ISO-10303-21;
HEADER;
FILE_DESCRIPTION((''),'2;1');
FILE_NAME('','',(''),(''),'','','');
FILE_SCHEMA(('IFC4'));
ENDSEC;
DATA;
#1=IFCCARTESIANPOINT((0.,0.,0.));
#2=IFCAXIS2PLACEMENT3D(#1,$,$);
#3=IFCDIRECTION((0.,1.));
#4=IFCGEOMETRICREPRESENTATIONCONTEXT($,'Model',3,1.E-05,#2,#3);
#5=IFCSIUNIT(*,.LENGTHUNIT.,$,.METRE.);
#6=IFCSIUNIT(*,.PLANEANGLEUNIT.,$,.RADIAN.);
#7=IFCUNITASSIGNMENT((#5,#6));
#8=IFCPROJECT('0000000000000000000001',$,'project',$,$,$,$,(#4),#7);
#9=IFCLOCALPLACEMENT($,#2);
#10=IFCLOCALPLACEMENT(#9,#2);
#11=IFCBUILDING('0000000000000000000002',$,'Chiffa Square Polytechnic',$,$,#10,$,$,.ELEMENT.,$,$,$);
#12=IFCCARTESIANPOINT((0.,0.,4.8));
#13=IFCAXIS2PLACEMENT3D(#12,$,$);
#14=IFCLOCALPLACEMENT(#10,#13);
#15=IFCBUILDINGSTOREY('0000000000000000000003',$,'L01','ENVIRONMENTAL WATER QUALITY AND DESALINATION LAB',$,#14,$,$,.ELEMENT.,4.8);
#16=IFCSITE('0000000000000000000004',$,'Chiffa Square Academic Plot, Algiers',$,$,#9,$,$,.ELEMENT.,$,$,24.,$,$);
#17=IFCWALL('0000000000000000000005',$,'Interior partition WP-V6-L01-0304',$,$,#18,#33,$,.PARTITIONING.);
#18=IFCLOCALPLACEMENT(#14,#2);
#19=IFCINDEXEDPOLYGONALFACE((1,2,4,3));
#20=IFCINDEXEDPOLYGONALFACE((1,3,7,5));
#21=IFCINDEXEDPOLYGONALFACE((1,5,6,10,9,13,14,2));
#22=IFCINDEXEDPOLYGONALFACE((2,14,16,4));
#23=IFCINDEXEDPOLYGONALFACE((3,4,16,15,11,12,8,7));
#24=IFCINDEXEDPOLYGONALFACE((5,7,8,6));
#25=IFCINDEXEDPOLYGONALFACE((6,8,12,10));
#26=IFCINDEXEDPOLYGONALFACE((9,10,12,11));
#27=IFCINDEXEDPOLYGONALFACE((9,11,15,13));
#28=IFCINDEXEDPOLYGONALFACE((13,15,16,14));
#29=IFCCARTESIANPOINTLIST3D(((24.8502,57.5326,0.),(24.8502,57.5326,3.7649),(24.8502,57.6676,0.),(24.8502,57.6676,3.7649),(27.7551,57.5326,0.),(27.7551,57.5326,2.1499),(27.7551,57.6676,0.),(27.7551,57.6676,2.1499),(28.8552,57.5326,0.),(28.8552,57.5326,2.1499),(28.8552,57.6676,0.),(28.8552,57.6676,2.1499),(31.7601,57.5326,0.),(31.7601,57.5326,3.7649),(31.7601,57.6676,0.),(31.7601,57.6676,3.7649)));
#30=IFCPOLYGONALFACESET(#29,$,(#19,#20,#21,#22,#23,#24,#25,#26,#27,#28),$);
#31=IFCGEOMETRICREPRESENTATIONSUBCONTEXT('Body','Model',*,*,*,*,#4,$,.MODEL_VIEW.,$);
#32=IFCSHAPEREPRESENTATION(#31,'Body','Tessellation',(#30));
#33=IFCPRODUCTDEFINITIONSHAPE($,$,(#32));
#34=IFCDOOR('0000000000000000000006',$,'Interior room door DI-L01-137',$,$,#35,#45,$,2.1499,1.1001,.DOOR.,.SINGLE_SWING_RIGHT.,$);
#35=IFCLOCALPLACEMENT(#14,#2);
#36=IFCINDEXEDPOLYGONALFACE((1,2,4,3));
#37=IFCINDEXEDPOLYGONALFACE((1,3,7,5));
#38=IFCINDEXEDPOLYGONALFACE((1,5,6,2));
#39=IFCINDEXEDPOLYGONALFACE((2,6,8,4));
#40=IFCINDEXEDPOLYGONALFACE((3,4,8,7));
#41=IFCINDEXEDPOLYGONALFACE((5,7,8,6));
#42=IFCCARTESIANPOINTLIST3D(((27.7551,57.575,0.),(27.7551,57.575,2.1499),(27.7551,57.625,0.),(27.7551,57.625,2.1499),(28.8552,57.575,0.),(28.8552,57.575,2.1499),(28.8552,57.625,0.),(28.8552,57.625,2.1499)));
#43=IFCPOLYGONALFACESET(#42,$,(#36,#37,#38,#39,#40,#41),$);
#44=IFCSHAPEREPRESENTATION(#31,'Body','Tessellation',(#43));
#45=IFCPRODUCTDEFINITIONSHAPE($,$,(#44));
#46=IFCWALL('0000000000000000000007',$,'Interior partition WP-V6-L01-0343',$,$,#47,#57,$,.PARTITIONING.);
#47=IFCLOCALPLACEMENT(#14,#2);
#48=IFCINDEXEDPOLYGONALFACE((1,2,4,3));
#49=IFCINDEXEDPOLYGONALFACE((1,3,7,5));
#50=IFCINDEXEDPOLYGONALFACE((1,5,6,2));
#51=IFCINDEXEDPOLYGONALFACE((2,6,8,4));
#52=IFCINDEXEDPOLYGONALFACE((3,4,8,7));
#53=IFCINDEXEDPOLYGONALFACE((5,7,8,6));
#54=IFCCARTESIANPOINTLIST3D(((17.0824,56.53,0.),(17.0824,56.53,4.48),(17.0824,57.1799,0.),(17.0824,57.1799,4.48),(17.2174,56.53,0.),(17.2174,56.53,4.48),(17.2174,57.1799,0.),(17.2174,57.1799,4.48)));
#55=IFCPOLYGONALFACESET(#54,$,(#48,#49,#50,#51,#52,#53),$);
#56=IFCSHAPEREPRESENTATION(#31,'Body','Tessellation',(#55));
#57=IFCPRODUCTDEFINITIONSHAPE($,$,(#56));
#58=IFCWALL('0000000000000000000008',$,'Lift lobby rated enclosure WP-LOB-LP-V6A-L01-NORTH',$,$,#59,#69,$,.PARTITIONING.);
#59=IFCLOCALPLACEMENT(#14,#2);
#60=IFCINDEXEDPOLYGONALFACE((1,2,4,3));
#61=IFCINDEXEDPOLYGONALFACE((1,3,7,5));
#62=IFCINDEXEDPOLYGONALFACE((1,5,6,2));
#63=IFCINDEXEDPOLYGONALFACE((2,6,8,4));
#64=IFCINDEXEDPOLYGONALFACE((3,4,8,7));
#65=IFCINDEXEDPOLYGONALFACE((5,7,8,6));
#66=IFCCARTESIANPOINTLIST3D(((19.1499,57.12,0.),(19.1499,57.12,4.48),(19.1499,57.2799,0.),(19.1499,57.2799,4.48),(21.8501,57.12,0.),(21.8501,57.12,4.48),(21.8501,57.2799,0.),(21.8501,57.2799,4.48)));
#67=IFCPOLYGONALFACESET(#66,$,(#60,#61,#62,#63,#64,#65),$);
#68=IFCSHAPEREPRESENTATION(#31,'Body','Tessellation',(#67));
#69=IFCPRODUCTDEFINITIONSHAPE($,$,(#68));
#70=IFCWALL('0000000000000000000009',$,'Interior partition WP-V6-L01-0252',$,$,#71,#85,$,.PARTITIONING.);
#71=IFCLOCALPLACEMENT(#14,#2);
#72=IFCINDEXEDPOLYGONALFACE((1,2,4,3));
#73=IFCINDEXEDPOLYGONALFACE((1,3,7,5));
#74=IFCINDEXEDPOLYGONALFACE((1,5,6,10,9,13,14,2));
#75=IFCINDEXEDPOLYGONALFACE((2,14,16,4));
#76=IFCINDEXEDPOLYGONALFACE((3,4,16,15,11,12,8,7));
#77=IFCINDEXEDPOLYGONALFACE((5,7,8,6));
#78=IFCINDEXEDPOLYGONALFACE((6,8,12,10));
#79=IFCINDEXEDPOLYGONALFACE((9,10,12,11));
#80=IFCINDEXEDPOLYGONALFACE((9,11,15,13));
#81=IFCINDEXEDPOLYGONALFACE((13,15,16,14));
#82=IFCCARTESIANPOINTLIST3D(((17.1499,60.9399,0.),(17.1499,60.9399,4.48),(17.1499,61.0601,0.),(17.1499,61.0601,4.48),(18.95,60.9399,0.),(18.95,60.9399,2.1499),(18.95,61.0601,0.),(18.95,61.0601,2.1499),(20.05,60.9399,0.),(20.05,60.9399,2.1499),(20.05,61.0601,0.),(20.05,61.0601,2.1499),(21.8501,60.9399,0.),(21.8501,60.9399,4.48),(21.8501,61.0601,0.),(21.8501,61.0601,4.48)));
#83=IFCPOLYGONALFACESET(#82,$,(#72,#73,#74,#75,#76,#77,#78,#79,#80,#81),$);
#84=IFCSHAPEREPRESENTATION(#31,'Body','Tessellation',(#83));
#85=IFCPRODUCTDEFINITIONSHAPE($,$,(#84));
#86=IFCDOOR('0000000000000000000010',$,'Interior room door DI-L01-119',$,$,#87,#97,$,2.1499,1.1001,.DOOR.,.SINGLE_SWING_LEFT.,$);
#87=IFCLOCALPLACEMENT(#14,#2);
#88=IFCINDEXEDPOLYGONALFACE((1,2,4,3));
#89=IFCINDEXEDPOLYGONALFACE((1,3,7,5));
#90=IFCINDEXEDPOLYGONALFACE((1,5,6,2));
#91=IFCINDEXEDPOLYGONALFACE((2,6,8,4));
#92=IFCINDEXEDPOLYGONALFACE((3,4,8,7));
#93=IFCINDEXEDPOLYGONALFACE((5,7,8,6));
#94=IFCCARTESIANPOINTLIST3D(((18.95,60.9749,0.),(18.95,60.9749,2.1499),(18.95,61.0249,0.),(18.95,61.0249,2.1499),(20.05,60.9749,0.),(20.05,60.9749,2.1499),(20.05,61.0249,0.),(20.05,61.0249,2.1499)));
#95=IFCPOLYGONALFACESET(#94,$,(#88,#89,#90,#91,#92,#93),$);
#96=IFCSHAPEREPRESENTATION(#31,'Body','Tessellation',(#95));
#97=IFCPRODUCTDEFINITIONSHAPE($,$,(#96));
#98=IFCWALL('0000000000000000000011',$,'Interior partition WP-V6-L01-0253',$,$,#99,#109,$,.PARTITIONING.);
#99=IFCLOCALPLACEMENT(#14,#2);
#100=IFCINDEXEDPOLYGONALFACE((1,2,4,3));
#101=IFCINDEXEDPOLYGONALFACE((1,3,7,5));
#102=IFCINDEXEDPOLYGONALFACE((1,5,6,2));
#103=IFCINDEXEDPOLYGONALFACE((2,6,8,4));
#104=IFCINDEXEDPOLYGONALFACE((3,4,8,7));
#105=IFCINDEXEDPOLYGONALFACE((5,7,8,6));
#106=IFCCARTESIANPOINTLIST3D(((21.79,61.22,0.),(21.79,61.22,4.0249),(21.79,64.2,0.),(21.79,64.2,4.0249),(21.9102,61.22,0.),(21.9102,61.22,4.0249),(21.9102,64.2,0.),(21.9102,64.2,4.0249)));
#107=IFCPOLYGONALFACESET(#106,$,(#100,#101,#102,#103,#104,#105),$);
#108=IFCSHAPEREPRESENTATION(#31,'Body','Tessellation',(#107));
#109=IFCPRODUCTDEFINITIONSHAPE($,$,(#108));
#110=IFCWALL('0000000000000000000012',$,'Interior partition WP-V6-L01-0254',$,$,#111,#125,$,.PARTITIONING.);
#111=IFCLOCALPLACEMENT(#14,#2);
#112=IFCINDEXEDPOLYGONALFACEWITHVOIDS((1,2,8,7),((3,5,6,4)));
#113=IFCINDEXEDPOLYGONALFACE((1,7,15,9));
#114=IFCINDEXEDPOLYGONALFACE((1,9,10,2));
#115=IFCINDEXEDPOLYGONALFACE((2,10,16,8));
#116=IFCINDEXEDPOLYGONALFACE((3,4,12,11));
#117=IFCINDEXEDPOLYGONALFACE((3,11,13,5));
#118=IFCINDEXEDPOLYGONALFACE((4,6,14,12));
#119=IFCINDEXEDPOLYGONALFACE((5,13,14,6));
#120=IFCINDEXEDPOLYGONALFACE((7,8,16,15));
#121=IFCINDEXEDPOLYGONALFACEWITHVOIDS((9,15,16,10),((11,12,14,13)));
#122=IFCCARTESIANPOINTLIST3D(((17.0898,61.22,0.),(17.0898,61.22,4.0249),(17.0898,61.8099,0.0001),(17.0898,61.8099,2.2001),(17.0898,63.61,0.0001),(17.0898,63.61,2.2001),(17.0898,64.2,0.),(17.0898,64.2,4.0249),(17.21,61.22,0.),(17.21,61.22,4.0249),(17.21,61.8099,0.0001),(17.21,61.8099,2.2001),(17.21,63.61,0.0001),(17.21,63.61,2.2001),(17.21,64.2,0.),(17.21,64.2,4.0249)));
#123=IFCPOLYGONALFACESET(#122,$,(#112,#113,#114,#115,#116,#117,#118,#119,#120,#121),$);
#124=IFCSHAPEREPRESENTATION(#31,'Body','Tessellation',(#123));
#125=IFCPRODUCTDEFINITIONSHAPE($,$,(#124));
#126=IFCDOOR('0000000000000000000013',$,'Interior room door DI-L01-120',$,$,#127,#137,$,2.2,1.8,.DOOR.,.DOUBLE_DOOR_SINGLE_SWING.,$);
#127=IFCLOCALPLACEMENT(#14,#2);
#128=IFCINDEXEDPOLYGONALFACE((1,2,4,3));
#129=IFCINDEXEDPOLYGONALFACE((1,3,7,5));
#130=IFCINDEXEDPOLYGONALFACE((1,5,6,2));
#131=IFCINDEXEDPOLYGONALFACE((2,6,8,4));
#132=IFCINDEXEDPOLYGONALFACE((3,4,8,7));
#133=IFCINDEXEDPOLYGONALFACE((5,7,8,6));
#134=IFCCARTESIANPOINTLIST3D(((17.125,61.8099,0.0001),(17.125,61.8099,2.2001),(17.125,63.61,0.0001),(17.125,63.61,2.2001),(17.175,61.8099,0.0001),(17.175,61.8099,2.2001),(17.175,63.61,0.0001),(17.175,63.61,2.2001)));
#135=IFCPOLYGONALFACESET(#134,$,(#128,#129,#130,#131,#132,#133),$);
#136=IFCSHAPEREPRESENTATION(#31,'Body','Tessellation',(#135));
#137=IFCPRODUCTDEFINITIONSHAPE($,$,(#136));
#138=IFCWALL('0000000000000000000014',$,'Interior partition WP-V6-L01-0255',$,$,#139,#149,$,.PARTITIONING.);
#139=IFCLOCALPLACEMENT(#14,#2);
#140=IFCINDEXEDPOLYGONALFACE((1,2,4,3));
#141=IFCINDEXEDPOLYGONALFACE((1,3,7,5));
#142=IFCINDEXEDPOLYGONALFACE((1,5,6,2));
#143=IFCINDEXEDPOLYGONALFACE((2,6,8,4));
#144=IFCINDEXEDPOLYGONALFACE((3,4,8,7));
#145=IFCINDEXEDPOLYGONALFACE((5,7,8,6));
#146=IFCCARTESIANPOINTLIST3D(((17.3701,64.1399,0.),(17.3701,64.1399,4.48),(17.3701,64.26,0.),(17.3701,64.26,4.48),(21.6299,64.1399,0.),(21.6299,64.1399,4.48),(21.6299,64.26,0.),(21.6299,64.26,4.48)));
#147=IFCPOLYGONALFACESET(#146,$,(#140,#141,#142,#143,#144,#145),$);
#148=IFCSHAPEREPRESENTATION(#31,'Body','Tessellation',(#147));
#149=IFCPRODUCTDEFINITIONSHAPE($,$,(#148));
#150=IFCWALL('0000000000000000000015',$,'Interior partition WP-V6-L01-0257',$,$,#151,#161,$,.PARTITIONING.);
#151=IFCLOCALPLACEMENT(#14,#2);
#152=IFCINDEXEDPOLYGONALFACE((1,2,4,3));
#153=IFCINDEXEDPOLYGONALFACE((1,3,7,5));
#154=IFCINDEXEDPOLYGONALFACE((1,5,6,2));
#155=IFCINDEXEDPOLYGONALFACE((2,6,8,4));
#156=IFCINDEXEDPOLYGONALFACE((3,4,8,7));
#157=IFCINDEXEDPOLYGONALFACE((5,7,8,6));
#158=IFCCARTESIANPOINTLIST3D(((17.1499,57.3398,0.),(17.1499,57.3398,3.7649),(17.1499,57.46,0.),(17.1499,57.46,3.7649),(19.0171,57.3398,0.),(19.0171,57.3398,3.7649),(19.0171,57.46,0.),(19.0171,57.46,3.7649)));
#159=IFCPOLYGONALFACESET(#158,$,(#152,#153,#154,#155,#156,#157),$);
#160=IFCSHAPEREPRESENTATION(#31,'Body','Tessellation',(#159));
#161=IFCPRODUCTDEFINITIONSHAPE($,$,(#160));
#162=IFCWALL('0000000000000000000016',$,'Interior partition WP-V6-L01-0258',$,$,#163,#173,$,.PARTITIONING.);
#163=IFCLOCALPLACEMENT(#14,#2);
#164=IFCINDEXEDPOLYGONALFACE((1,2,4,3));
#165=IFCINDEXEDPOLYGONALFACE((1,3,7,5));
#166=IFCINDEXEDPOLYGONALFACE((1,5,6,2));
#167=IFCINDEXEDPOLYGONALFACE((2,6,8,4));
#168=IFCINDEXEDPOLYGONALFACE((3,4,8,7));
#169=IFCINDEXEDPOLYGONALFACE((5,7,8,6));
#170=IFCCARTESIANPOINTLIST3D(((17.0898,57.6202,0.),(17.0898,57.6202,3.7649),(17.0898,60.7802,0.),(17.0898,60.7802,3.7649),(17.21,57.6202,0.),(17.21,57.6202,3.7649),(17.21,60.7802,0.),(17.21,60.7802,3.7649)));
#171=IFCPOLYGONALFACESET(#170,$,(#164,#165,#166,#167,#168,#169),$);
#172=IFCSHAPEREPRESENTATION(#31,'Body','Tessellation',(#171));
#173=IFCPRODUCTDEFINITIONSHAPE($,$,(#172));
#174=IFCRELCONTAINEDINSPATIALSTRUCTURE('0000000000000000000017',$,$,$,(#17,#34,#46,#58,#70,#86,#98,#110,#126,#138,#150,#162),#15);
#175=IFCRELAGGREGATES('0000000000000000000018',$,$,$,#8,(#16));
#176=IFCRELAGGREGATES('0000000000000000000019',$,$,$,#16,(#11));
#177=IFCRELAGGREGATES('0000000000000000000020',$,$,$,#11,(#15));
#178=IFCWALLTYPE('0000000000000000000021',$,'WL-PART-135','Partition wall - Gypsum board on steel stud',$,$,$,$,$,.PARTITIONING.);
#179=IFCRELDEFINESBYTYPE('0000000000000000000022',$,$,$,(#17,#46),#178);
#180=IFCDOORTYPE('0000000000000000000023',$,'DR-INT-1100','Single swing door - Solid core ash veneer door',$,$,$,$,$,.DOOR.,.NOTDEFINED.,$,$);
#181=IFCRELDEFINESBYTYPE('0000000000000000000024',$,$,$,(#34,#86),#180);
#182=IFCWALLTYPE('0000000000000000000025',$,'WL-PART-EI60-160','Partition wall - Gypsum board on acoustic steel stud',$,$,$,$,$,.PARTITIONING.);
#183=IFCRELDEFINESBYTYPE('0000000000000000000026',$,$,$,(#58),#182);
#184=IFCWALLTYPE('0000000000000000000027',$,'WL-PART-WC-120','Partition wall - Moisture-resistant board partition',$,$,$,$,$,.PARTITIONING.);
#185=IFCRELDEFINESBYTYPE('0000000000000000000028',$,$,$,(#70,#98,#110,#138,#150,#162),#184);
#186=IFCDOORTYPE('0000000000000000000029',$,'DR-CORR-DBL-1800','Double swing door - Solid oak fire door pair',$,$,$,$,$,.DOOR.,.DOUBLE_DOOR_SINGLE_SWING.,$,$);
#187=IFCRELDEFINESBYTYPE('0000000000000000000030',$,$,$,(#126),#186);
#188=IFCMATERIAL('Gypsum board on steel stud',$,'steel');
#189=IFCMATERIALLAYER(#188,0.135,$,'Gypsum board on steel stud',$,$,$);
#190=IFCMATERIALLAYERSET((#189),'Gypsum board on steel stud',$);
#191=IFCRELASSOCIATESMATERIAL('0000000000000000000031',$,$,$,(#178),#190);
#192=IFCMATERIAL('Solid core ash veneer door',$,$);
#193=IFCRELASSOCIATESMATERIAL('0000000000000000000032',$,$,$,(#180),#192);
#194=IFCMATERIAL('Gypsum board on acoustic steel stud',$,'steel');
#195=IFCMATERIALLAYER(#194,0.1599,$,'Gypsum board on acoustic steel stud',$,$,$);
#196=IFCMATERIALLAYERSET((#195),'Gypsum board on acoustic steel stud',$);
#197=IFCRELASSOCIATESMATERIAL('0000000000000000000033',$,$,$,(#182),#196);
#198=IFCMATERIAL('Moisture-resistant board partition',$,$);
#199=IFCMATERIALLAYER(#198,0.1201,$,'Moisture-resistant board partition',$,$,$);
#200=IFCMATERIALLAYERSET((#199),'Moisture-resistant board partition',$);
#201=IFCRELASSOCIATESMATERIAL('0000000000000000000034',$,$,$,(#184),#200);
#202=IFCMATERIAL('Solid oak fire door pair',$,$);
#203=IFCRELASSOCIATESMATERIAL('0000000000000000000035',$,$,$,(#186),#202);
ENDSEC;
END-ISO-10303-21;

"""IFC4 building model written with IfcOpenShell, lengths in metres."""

from ifc_helpers import new_model, si_unit, direction, frame, frame_2d, origin, place, context, subcontext, project, spatial, rectangle, extrude, material, layer, layer_set, type_object, element, fill, save


model = new_model("IFC4")

# Units and contexts
model_context = context("Model", 3, precision=1e-05, world=origin(), true_north=direction((0.0, 1.0)))
body_context = subcontext(model_context, "Body", "Model", "MODEL_VIEW")
ifc_project = project(units=[si_unit("LENGTHUNIT", "METRE"), si_unit("PLANEANGLEUNIT", "RADIAN")], contexts=[model_context])

# Site, building, storey
site_placement = place(None, origin())
site = spatial("IfcSite", under=ifc_project, at=site_placement, Name="Chiffa Square Academic Plot, Algiers", CompositionType="ELEMENT", RefElevation=24.0)
building_placement = place(site_placement, origin())
building = spatial("IfcBuilding", under=site, at=building_placement, Name="Chiffa Square Polytechnic", CompositionType="ELEMENT")
storey_placement = place(building_placement, frame((0.0, 0.0, 4.8)))
storey = spatial("IfcBuildingStorey", under=building, at=storey_placement, Name="L01", Description="ENVIRONMENTAL WATER QUALITY AND DESALINATION LAB", CompositionType="ELEMENT", Elevation=4.8)

# Shared definitions
ifc_material_1 = material(Name="Gypsum board on steel stud", Category="steel")

# Wall, opening, door
ifc_layer_1 = layer(ifc_material_1, 0.135, Name="Gypsum board on steel stud")
ifc_layer_set_1 = layer_set([ifc_layer_1], Name="Gypsum board on steel stud")
wall_type_1 = type_object("IfcWallType", Name="WL-PART-135", Description="Partition wall - Gypsum board on steel stud", PredefinedType="PARTITIONING", material=ifc_layer_set_1)
wall_1_placement = place(storey_placement, frame((24.8501, 57.6001, 0.0), z_axis=(0.0, 0.0, 1.0), x_axis=(1.0, 0.0, 0.0)))
wall_1 = element("IfcWall", 1, at=wall_1_placement, inside=storey, type_object=wall_type_1, Name="Interior partition WP-V6-L01-0304", PredefinedType="PARTITIONING", context=body_context, shape_type="SweptSolid", body=[
    extrude(rectangle(XDim=6.9099, YDim=0.135, at=frame_2d((3.4551, 0.0))), origin(), (0.0, 0.0, 1.0), 3.7649),
])
opening_1_placement = place(wall_1_placement, frame((2.905, 0.0, 0.0)))
opening_1 = element("IfcOpeningElement", 2, at=opening_1_placement, cuts=wall_1, PredefinedType="OPENING", context=body_context, shape_type="SweptSolid", body=[
    extrude(rectangle(XDim=1.1001, YDim=2.1499, at=frame_2d((0.55, 1.075))), frame((0.0, 0.0776, 0.0), z_axis=(0.0, -1.0, 0.0), x_axis=(1.0, 0.0, 0.0)), (0.0, 0.0, 1.0), 0.155),
])
ifc_material_2 = material(Name="Solid core ash veneer door")
door_type_1 = type_object("IfcDoorType", Name="DR-INT-1100", Description="Single swing door - Solid core ash veneer door", OperationType="NOTDEFINED", PredefinedType="DOOR", material=ifc_material_2)
door_1_placement = place(opening_1_placement, origin())
door_1 = element("IfcDoor", 3, at=door_1_placement, inside=storey, type_object=door_type_1, Name="Interior room door DI-L01-137", OperationType="SINGLE_SWING_RIGHT", OverallHeight=2.1499, OverallWidth=1.1001, PredefinedType="DOOR", context=body_context, shape_type="SweptSolid", body=[
    extrude(rectangle(XDim=1.1001, YDim=2.1499, at=frame_2d((0.55, 1.075))), frame((0.0, 0.0249, 0.0), z_axis=(0.0, -1.0, 0.0), x_axis=(1.0, 0.0, 0.0)), (0.0, 0.0, 1.0), 0.05),
])
fill(opening_1, door_1)

# Walls
wall_2_placement = place(storey_placement, frame((17.1499, 56.53, 0.0), z_axis=(0.0, 0.0, 1.0), x_axis=(0.0, 1.0, 0.0)))
element("IfcWall", 4, at=wall_2_placement, inside=storey, type_object=wall_type_1, Name="Interior partition WP-V6-L01-0343", PredefinedType="PARTITIONING", context=body_context, shape_type="SweptSolid", body=[
    extrude(rectangle(XDim=0.6499, YDim=0.135, at=frame_2d((0.325, 0.0))), origin(), (0.0, 0.0, 1.0), 4.48),
])
ifc_material_3 = material(Name="Gypsum board on acoustic steel stud", Category="steel")
ifc_layer_2 = layer(ifc_material_3, 0.1599, Name="Gypsum board on acoustic steel stud")
ifc_layer_set_2 = layer_set([ifc_layer_2], Name="Gypsum board on acoustic steel stud")
wall_type_2 = type_object("IfcWallType", Name="WL-PART-EI60-160", Description="Partition wall - Gypsum board on acoustic steel stud", PredefinedType="PARTITIONING", material=ifc_layer_set_2)
wall_3_placement = place(storey_placement, frame((19.1499, 57.2, 0.0), z_axis=(0.0, 0.0, 1.0), x_axis=(1.0, 0.0, 0.0)))
element("IfcWall", 5, at=wall_3_placement, inside=storey, type_object=wall_type_2, Name="Lift lobby rated enclosure WP-LOB-LP-V6A-L01-NORTH", PredefinedType="PARTITIONING", context=body_context, shape_type="SweptSolid", body=[
    extrude(rectangle(XDim=2.7002, YDim=0.1599, at=frame_2d((1.3501, 0.0))), origin(), (0.0, 0.0, 1.0), 4.48),
])

# Wall, opening, door
ifc_material_4 = material(Name="Moisture-resistant board partition")
ifc_layer_3 = layer(ifc_material_4, 0.1201, Name="Moisture-resistant board partition")
ifc_layer_set_3 = layer_set([ifc_layer_3], Name="Moisture-resistant board partition")
wall_type_3 = type_object("IfcWallType", Name="WL-PART-WC-120", Description="Partition wall - Moisture-resistant board partition", PredefinedType="PARTITIONING", material=ifc_layer_set_3)
wall_4_placement = place(storey_placement, frame((17.1499, 61.0, 0.0), z_axis=(0.0, 0.0, 1.0), x_axis=(1.0, 0.0, 0.0)))
wall_4 = element("IfcWall", 6, at=wall_4_placement, inside=storey, type_object=wall_type_3, Name="Interior partition WP-V6-L01-0252", PredefinedType="PARTITIONING", context=body_context, shape_type="SweptSolid", body=[
    extrude(rectangle(XDim=4.7002, YDim=0.1201, at=frame_2d((2.3501, 0.0))), origin(), (0.0, 0.0, 1.0), 4.48),
])
opening_2_placement = place(wall_4_placement, frame((1.8, 0.0, 0.0)))
opening_2 = element("IfcOpeningElement", 7, at=opening_2_placement, cuts=wall_4, PredefinedType="OPENING", context=body_context, shape_type="SweptSolid", body=[
    extrude(rectangle(XDim=1.1001, YDim=2.1499, at=frame_2d((0.55, 1.075))), frame((0.0, 0.0701, 0.0), z_axis=(0.0, -1.0, 0.0), x_axis=(1.0, 0.0, 0.0)), (0.0, 0.0, 1.0), 0.1401),
])
door_2_placement = place(opening_2_placement, origin())
door_2 = element("IfcDoor", 8, at=door_2_placement, inside=storey, type_object=door_type_1, Name="Interior room door DI-L01-119", OperationType="SINGLE_SWING_LEFT", OverallHeight=2.1499, OverallWidth=1.1001, PredefinedType="DOOR", context=body_context, shape_type="SweptSolid", body=[
    extrude(rectangle(XDim=1.1001, YDim=2.1499, at=frame_2d((0.55, 1.075))), frame((0.0, 0.0249, 0.0), z_axis=(0.0, -1.0, 0.0), x_axis=(1.0, 0.0, 0.0)), (0.0, 0.0, 1.0), 0.05),
])
fill(opening_2, door_2)

# Wall
wall_5_placement = place(storey_placement, frame((21.8501, 61.22, 0.0), z_axis=(0.0, 0.0, 1.0), x_axis=(0.0, 1.0, 0.0)))
element("IfcWall", 9, at=wall_5_placement, inside=storey, type_object=wall_type_3, Name="Interior partition WP-V6-L01-0253", PredefinedType="PARTITIONING", context=body_context, shape_type="SweptSolid", body=[
    extrude(rectangle(XDim=2.98, YDim=0.1201, at=frame_2d((1.49, 0.0))), origin(), (0.0, 0.0, 1.0), 4.0249),
])

# Wall, opening, door
wall_6_placement = place(storey_placement, frame((17.1499, 61.22, 0.0), z_axis=(0.0, 0.0, 1.0), x_axis=(0.0, 1.0, 0.0)))
wall_6 = element("IfcWall", 10, at=wall_6_placement, inside=storey, type_object=wall_type_3, Name="Interior partition WP-V6-L01-0254", PredefinedType="PARTITIONING", context=body_context, shape_type="SweptSolid", body=[
    extrude(rectangle(XDim=2.98, YDim=0.1201, at=frame_2d((1.49, 0.0))), origin(), (0.0, 0.0, 1.0), 4.0249),
])
opening_3_placement = place(wall_6_placement, frame((0.5901, 0.0, 0.0)))
opening_3 = element("IfcOpeningElement", 11, at=opening_3_placement, cuts=wall_6, PredefinedType="OPENING", context=body_context, shape_type="SweptSolid", body=[
    extrude(rectangle(XDim=1.8, YDim=2.2, at=frame_2d((0.8999, 1.1001))), frame((0.0, 0.0701, 0.0), z_axis=(0.0, -1.0, 0.0), x_axis=(1.0, 0.0, 0.0)), (0.0, 0.0, 1.0), 0.1401),
])
ifc_material_5 = material(Name="Solid oak fire door pair")
door_type_2 = type_object("IfcDoorType", Name="DR-CORR-DBL-1800", Description="Double swing door - Solid oak fire door pair", OperationType="DOUBLE_DOOR_SINGLE_SWING", PredefinedType="DOOR", material=ifc_material_5)
door_3_placement = place(opening_3_placement, origin())
door_3 = element("IfcDoor", 12, at=door_3_placement, inside=storey, type_object=door_type_2, Name="Interior room door DI-L01-120", OperationType="DOUBLE_DOOR_SINGLE_SWING", OverallHeight=2.2, OverallWidth=1.8, PredefinedType="DOOR", context=body_context, shape_type="SweptSolid", body=[
    extrude(rectangle(XDim=1.8, YDim=2.2, at=frame_2d((0.8999, 1.1001))), frame((0.0, 0.0249, 0.0), z_axis=(0.0, -1.0, 0.0), x_axis=(1.0, 0.0, 0.0)), (0.0, 0.0, 1.0), 0.05),
])
fill(opening_3, door_3)

# Wall
wall_7_placement = place(storey_placement, frame((17.3701, 64.2, 0.0), z_axis=(0.0, 0.0, 1.0), x_axis=(1.0, 0.0, 0.0)))
element("IfcWall", 13, at=wall_7_placement, inside=storey, type_object=wall_type_3, Name="Interior partition WP-V6-L01-0255", PredefinedType="PARTITIONING", context=body_context, shape_type="SweptSolid", body=[
    extrude(rectangle(XDim=4.2598, YDim=0.1201, at=frame_2d((2.1299, 0.0))), origin(), (0.0, 0.0, 1.0), 4.48),
])

# Walls
wall_8_placement = place(storey_placement, frame((17.1499, 57.3999, 0.0), z_axis=(0.0, 0.0, 1.0), x_axis=(1.0, 0.0, 0.0)))
element("IfcWall", 14, at=wall_8_placement, inside=storey, type_object=wall_type_3, Name="Interior partition WP-V6-L01-0257", PredefinedType="PARTITIONING", context=body_context, shape_type="SweptSolid", body=[
    extrude(rectangle(XDim=1.8672, YDim=0.1201, at=frame_2d((0.9336, 0.0))), origin(), (0.0, 0.0, 1.0), 3.7649),
])
wall_9_placement = place(storey_placement, frame((17.1499, 57.6201, 0.0), z_axis=(0.0, 0.0, 1.0), x_axis=(0.0, 1.0, 0.0)))
element("IfcWall", 15, at=wall_9_placement, inside=storey, type_object=wall_type_3, Name="Interior partition WP-V6-L01-0258", PredefinedType="PARTITIONING", context=body_context, shape_type="SweptSolid", body=[
    extrude(rectangle(XDim=3.1599, YDim=0.1201, at=frame_2d((1.5801, 0.0))), origin(), (0.0, 0.0, 1.0), 3.7649),
])

save(model, "model.ifc")
